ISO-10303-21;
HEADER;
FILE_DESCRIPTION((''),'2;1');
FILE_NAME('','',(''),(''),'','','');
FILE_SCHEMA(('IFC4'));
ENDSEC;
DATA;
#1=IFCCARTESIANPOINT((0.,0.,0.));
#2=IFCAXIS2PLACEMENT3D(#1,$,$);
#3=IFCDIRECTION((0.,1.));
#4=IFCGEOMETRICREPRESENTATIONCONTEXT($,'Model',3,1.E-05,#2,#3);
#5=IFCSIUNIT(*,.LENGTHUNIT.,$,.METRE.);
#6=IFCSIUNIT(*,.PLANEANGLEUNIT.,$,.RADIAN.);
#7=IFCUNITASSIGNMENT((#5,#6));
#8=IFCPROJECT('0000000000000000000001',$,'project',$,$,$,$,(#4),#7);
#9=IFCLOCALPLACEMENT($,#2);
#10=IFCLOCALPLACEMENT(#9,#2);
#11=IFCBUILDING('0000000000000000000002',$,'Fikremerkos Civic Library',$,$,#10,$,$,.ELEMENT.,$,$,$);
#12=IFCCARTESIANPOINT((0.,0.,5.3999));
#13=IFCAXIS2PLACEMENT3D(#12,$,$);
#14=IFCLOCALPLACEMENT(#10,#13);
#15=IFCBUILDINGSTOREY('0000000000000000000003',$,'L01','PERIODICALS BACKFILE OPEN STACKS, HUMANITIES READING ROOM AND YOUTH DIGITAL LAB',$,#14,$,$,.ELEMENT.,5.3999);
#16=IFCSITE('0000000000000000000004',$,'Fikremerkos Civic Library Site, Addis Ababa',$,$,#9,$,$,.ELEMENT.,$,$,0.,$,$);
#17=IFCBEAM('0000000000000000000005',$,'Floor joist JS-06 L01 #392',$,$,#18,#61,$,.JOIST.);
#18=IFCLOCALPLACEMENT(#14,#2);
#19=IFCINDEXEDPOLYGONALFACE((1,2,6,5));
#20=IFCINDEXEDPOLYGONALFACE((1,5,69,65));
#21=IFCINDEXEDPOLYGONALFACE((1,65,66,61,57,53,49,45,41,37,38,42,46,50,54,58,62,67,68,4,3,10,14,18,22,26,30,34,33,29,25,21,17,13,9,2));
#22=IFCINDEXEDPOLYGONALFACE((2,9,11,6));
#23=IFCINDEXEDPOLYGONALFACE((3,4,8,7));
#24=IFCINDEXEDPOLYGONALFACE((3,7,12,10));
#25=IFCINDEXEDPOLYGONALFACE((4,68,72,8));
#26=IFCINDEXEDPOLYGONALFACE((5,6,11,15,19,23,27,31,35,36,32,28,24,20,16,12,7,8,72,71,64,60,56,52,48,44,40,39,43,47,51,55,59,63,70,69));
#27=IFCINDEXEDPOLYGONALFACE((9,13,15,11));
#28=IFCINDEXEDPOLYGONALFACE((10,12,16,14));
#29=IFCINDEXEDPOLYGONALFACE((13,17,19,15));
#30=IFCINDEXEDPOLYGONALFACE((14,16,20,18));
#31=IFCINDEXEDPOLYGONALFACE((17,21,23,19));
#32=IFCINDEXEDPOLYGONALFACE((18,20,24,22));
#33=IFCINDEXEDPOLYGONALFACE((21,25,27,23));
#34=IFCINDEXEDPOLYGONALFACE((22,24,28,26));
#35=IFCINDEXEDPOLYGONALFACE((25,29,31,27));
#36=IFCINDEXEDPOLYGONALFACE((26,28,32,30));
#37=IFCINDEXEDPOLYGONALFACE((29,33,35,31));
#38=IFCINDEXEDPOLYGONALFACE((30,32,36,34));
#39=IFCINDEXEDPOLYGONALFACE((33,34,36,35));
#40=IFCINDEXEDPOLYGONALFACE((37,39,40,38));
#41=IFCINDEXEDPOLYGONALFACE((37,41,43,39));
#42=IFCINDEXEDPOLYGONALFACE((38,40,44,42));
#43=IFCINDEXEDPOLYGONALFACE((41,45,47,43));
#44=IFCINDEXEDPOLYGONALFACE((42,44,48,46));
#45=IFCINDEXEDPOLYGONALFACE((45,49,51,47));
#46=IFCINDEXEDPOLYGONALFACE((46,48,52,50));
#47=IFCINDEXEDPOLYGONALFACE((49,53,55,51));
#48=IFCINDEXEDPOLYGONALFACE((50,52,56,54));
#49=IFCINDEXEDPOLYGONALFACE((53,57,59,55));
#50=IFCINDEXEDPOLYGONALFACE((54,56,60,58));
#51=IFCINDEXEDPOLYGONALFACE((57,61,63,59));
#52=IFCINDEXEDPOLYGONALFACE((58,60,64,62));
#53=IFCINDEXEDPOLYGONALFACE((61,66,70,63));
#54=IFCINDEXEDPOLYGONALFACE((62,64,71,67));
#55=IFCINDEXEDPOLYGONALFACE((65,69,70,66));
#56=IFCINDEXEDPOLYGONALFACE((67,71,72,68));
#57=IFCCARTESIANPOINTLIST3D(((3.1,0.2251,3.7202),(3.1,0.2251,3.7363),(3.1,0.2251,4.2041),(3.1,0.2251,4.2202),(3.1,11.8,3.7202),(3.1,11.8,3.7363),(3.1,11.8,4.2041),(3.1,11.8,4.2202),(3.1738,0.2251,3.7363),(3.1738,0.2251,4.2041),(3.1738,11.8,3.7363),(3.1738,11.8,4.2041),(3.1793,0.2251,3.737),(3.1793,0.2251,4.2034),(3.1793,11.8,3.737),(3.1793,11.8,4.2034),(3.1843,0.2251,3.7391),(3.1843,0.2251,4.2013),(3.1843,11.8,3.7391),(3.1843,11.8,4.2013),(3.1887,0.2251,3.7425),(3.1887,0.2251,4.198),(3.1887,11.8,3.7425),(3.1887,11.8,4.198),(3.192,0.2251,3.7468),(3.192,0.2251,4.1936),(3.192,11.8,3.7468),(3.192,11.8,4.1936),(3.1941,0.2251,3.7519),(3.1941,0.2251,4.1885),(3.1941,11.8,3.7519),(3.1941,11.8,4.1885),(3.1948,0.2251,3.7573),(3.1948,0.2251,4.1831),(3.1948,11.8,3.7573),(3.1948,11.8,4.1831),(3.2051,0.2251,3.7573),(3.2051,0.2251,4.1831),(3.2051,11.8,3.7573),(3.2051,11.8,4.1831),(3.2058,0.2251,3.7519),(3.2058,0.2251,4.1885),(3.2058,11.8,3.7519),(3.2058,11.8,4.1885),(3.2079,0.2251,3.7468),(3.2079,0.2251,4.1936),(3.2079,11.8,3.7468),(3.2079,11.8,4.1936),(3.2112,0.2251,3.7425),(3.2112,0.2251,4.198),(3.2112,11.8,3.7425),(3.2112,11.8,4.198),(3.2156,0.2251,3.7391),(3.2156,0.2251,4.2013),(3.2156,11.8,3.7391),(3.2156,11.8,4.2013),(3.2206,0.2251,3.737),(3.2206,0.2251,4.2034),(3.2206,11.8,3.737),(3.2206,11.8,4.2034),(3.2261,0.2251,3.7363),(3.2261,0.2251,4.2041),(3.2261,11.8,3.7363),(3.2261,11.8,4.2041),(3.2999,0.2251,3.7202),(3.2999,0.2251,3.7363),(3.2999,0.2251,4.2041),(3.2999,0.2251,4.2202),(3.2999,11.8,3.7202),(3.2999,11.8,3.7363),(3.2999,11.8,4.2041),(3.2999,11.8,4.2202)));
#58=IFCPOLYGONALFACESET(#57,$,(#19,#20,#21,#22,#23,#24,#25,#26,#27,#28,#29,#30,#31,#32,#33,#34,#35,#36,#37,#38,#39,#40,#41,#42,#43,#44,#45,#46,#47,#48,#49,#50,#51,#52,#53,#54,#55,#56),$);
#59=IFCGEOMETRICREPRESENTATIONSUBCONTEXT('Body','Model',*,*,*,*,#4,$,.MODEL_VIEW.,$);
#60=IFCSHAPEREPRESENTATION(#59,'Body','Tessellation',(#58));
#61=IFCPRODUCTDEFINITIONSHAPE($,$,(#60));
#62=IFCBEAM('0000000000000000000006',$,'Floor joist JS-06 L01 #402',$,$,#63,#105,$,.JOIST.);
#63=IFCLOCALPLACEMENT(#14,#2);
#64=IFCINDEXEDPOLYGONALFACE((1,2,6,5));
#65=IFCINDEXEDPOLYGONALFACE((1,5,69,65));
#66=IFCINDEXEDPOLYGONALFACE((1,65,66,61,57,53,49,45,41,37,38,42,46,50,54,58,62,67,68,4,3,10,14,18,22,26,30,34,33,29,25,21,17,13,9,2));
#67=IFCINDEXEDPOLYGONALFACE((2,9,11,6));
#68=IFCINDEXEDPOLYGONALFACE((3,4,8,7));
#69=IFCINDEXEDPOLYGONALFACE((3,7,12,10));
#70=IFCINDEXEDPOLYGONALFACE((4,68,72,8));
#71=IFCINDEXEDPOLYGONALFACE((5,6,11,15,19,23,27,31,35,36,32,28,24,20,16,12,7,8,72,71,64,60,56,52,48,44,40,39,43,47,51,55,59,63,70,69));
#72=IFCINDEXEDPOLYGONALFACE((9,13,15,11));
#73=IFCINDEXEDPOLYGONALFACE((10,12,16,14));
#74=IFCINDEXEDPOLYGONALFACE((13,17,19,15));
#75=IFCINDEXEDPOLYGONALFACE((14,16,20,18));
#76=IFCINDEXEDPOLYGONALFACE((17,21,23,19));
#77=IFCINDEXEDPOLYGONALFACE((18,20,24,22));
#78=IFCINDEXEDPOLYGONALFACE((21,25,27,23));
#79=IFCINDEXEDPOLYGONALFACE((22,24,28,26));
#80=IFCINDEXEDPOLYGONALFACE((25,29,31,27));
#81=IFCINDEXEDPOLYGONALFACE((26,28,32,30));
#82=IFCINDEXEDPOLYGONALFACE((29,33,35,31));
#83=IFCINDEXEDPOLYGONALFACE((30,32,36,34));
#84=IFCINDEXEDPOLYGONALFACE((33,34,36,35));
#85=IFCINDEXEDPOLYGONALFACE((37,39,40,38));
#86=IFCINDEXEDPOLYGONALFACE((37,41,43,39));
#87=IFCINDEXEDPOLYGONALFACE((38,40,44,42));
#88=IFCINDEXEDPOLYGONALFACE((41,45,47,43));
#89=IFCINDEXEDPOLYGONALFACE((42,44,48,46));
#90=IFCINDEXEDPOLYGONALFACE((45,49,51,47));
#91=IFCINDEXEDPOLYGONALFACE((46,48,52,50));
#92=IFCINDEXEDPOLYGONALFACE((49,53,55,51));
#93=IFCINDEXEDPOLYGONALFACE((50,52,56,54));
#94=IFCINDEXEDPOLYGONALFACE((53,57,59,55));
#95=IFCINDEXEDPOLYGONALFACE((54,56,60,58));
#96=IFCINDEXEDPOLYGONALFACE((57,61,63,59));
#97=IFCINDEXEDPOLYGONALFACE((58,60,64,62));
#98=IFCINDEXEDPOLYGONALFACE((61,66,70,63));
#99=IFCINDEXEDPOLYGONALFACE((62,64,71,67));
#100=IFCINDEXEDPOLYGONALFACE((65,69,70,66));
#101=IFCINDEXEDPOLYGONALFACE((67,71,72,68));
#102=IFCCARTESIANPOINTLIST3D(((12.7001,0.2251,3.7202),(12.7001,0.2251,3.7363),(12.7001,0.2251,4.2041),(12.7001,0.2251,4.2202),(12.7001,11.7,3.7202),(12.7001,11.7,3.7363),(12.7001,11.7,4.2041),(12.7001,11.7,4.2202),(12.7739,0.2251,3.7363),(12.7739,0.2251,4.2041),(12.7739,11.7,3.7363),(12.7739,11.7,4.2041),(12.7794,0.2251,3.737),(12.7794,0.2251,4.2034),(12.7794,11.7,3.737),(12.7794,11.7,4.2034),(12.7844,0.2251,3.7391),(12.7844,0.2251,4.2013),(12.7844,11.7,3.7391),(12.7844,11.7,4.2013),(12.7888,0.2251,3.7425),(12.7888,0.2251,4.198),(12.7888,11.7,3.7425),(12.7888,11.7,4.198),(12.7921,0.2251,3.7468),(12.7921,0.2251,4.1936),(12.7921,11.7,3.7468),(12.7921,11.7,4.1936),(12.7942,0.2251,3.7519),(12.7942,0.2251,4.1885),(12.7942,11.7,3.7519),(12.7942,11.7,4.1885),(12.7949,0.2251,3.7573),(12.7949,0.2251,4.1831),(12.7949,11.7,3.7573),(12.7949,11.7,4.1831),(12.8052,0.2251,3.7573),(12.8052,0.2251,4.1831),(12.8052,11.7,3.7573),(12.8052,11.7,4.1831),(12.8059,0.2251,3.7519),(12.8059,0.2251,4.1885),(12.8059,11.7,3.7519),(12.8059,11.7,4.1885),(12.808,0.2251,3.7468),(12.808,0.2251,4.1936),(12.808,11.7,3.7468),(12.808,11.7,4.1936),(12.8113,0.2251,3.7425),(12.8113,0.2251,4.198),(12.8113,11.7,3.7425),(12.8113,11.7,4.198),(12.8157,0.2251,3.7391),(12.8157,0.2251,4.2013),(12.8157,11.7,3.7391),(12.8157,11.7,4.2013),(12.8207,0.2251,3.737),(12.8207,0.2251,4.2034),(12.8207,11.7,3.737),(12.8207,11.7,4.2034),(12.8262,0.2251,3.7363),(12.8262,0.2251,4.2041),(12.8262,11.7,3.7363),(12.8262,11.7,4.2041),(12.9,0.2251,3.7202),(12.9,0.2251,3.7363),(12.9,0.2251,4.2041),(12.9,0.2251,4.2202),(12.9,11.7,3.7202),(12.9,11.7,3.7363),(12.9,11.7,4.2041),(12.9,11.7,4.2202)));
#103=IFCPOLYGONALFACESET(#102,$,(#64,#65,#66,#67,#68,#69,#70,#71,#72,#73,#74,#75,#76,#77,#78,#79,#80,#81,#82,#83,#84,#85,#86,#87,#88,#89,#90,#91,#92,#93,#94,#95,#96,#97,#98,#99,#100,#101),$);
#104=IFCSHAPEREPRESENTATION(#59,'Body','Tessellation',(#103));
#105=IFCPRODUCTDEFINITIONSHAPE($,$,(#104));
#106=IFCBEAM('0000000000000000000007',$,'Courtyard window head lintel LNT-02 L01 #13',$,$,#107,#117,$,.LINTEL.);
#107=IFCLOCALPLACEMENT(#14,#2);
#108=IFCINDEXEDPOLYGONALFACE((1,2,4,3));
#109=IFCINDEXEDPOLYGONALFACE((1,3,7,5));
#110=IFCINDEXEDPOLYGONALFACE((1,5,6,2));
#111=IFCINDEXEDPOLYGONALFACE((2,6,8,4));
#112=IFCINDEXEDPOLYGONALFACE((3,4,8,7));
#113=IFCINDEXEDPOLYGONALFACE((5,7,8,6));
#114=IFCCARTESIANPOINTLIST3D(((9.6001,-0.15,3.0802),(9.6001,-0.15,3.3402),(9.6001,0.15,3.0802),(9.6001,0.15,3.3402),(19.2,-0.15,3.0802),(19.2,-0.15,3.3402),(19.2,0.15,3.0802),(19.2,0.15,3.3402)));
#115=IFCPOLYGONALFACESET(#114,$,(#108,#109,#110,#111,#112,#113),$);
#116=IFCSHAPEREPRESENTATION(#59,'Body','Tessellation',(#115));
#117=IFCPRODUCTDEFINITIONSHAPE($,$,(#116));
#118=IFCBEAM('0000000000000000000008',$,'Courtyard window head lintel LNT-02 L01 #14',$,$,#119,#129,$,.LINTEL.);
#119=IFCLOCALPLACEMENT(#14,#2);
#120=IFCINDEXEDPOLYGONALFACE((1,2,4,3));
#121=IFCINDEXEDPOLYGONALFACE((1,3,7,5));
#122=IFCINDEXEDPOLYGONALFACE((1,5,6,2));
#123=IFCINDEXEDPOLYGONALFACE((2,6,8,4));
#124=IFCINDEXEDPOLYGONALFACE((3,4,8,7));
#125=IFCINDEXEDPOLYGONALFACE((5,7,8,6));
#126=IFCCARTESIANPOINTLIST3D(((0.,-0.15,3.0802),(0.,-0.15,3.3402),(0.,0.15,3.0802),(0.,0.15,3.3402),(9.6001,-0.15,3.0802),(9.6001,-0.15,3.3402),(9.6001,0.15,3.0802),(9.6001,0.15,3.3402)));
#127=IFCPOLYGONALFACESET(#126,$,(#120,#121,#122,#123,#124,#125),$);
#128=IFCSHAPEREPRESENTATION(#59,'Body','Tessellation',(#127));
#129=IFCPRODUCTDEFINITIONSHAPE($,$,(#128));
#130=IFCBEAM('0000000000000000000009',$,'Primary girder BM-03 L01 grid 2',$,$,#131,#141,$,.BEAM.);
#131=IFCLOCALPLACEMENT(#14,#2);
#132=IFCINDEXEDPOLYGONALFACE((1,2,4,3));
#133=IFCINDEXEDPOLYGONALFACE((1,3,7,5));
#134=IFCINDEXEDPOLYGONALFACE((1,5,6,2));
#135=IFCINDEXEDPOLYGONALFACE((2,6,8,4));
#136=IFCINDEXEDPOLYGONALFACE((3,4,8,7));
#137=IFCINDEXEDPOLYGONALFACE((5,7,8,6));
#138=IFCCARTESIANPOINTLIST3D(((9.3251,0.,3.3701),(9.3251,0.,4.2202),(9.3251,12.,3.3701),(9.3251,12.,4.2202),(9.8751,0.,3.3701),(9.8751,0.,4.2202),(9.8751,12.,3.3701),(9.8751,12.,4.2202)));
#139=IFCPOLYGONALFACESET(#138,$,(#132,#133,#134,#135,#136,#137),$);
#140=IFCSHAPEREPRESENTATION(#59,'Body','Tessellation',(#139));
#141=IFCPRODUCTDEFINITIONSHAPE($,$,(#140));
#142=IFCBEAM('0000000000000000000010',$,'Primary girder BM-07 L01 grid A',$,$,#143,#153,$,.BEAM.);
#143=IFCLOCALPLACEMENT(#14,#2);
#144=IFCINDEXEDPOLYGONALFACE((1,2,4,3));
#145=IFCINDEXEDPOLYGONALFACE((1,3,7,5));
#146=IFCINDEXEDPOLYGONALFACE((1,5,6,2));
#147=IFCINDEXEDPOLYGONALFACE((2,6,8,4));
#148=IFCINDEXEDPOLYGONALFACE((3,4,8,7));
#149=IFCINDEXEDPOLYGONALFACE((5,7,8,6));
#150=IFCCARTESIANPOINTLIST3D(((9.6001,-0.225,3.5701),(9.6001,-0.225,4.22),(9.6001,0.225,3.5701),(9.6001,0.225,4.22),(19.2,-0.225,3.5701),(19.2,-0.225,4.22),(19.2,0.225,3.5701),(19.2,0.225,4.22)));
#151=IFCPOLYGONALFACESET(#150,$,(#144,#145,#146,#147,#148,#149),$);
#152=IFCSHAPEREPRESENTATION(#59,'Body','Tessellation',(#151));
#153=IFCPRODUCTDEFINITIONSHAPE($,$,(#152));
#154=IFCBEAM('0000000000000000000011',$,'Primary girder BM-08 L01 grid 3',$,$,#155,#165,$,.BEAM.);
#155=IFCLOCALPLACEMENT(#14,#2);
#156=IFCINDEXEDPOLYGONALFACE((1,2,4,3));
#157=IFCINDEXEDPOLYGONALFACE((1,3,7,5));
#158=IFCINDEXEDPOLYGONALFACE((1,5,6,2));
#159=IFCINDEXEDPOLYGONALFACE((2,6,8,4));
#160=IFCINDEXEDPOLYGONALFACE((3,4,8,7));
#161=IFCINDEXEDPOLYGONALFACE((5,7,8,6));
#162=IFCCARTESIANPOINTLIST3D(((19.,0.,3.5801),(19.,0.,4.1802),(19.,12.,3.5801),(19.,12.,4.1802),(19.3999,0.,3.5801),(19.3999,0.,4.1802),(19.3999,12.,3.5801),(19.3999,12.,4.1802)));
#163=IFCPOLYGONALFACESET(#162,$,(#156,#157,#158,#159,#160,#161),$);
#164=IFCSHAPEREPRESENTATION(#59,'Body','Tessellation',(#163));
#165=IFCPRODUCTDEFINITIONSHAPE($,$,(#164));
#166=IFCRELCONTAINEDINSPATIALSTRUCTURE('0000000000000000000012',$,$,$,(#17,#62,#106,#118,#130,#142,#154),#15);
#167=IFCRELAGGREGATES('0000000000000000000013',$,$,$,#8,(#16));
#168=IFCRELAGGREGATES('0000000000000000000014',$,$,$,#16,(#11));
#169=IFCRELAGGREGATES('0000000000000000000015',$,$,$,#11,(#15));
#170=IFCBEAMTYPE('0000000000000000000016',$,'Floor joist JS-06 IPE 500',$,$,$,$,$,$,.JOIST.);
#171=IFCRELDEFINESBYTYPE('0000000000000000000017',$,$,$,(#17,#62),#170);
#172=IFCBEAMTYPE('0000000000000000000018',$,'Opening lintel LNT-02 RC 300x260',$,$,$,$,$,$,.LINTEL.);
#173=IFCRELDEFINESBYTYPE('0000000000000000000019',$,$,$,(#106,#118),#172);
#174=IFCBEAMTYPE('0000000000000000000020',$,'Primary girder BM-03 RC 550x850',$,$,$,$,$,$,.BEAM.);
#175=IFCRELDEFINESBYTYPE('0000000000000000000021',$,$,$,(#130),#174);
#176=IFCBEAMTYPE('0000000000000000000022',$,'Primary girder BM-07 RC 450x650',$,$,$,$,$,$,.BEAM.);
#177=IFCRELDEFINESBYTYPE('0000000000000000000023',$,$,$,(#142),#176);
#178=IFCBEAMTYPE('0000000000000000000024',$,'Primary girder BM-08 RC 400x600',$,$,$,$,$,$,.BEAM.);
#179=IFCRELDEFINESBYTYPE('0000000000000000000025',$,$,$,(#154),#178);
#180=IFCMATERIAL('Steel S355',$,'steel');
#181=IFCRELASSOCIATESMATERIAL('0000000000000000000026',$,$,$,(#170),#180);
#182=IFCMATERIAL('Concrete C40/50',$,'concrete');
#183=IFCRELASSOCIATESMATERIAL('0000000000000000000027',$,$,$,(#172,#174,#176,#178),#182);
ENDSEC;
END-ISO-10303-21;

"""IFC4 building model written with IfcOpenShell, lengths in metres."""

from ifc_helpers import new_model, si_unit, direction, frame, origin, origin_2d, place, context, subcontext, project, spatial, rectangle, i_section, extrude, material, material_profile, profile_set, type_object, element, save


model = new_model("IFC4")

# Units and contexts
model_context = context("Model", 3, precision=1e-05, world=origin(), true_north=direction((0.0, 1.0)))
body_context = subcontext(model_context, "Body", "Model", "MODEL_VIEW")
ifc_project = project(units=[si_unit("LENGTHUNIT", "METRE"), si_unit("PLANEANGLEUNIT", "RADIAN")], contexts=[model_context])

# Site, building, storey
site_placement = place(None, origin())
site = spatial("IfcSite", under=ifc_project, at=site_placement, Name="Fikremerkos Civic Library Site, Addis Ababa", CompositionType="ELEMENT", RefElevation=0.0)
building_placement = place(site_placement, origin())
building = spatial("IfcBuilding", under=site, at=building_placement, Name="Fikremerkos Civic Library", CompositionType="ELEMENT")
storey_placement = place(building_placement, frame((0.0, 0.0, 5.3999)))
storey = spatial("IfcBuildingStorey", under=building, at=storey_placement, Name="L01", Description="PERIODICALS BACKFILE OPEN STACKS, HUMANITIES READING ROOM AND YOUTH DIGITAL LAB", CompositionType="ELEMENT", Elevation=5.3999)

# Shared definitions
ifc_material_1 = material(Name="Concrete C40/50", Category="concrete")

# Beams
ifc_material_2 = material(Name="Steel S355", Category="steel")
ifc_material_profile_1 = material_profile(ifc_material_2, i_section(OverallWidth=0.2, OverallDepth=0.5, WebThickness=0.0103, FlangeThickness=0.0161, FilletRadius=0.021, at=origin_2d()), Name="IPE 500")
ifc_profile_set_1 = profile_set([ifc_material_profile_1], Name="Steel S355")
beam_type_1 = type_object("IfcBeamType", Name="Floor joist JS-06 IPE 500", PredefinedType="JOIST", material=ifc_profile_set_1)
beam_1_placement = place(storey_placement, frame((3.2, 0.2251, 3.9702), z_axis=(0.0, 1.0, 0.0), x_axis=(-1.0, 0.0, 0.0)))
element("IfcBeam", 1, at=beam_1_placement, inside=storey, type_object=beam_type_1, Name="Floor joist JS-06 L01 #392", PredefinedType="JOIST", context=body_context, shape_type="SweptSolid", body=[
    extrude(i_section(OverallWidth=0.2, OverallDepth=0.5, WebThickness=0.0103, FlangeThickness=0.0161, FilletRadius=0.021, at=origin_2d()), origin(), (0.0, 0.0, 1.0), 11.575),
])
beam_2_placement = place(storey_placement, frame((12.8, 0.2251, 3.9702), z_axis=(0.0, 1.0, 0.0), x_axis=(-1.0, 0.0, 0.0)))
element("IfcBeam", 2, at=beam_2_placement, inside=storey, type_object=beam_type_1, Name="Floor joist JS-06 L01 #402", PredefinedType="JOIST", context=body_context, shape_type="SweptSolid", body=[
    extrude(i_section(OverallWidth=0.2, OverallDepth=0.5, WebThickness=0.0103, FlangeThickness=0.0161, FilletRadius=0.021, at=origin_2d()), origin(), (0.0, 0.0, 1.0), 11.4749),
])
ifc_material_profile_2 = material_profile(ifc_material_1, rectangle(XDim=0.3, YDim=0.26, at=origin_2d()), Name="RC 300x260")
ifc_profile_set_2 = profile_set([ifc_material_profile_2], Name="Concrete C40/50")
beam_type_2 = type_object("IfcBeamType", Name="Opening lintel LNT-02 RC 300x260", PredefinedType="LINTEL", material=ifc_profile_set_2)
beam_3_placement = place(storey_placement, frame((19.2, 0.0, 3.2102), z_axis=(-1.0, 0.0, 0.0), x_axis=(0.0, -1.0, 0.0)))
element("IfcBeam", 3, at=beam_3_placement, inside=storey, type_object=beam_type_2, Name="Courtyard window head lintel LNT-02 L01 #13", PredefinedType="LINTEL", context=body_context, shape_type="SweptSolid", body=[
    extrude(rectangle(XDim=0.3, YDim=0.26, at=origin_2d()), origin(), (0.0, 0.0, 1.0), 9.5999),
])
beam_4_placement = place(storey_placement, frame((9.6001, 0.0, 3.2102), z_axis=(-1.0, 0.0, 0.0), x_axis=(0.0, -1.0, 0.0)))
element("IfcBeam", 4, at=beam_4_placement, inside=storey, type_object=beam_type_2, Name="Courtyard window head lintel LNT-02 L01 #14", PredefinedType="LINTEL", context=body_context, shape_type="SweptSolid", body=[
    extrude(rectangle(XDim=0.3, YDim=0.26, at=origin_2d()), origin(), (0.0, 0.0, 1.0), 9.6001),
])
ifc_material_profile_3 = material_profile(ifc_material_1, rectangle(XDim=0.55, YDim=0.8501, at=origin_2d()), Name="RC 550x850")
ifc_profile_set_3 = profile_set([ifc_material_profile_3], Name="Concrete C40/50")
beam_type_3 = type_object("IfcBeamType", Name="Primary girder BM-03 RC 550x850", PredefinedType="BEAM", material=ifc_profile_set_3)
beam_5_placement = place(storey_placement, frame((9.6001, 0.0, 3.7952), z_axis=(0.0, 1.0, 0.0), x_axis=(-1.0, 0.0, 0.0)))
element("IfcBeam", 5, at=beam_5_placement, inside=storey, type_object=beam_type_3, Name="Primary girder BM-03 L01 grid 2", PredefinedType="BEAM", context=body_context, shape_type="SweptSolid", body=[
    extrude(rectangle(XDim=0.55, YDim=0.8501, at=origin_2d()), origin(), (0.0, 0.0, 1.0), 12.0),
])
ifc_material_profile_4 = material_profile(ifc_material_1, rectangle(XDim=0.45, YDim=0.6499, at=origin_2d()), Name="RC 450x650")
ifc_profile_set_4 = profile_set([ifc_material_profile_4], Name="Concrete C40/50")
beam_type_4 = type_object("IfcBeamType", Name="Primary girder BM-07 RC 450x650", PredefinedType="BEAM", material=ifc_profile_set_4)
beam_6_placement = place(storey_placement, frame((9.6001, 0.0, 3.895), z_axis=(1.0, 0.0, 0.0), x_axis=(0.0, 1.0, 0.0)))
element("IfcBeam", 6, at=beam_6_placement, inside=storey, type_object=beam_type_4, Name="Primary girder BM-07 L01 grid A", PredefinedType="BEAM", context=body_context, shape_type="SweptSolid", body=[
    extrude(rectangle(XDim=0.45, YDim=0.6499, at=origin_2d()), origin(), (0.0, 0.0, 1.0), 9.5999),
])
ifc_material_profile_5 = material_profile(ifc_material_1, rectangle(XDim=0.3999, YDim=0.6001, at=origin_2d()), Name="RC 400x600")
ifc_profile_set_5 = profile_set([ifc_material_profile_5], Name="Concrete C40/50")
beam_type_5 = type_object("IfcBeamType", Name="Primary girder BM-08 RC 400x600", PredefinedType="BEAM", material=ifc_profile_set_5)
beam_7_placement = place(storey_placement, frame((19.2, 0.0, 3.8801), z_axis=(0.0, 1.0, 0.0), x_axis=(-1.0, 0.0, 0.0)))
element("IfcBeam", 7, at=beam_7_placement, inside=storey, type_object=beam_type_5, Name="Primary girder BM-08 L01 grid 3", PredefinedType="BEAM", context=body_context, shape_type="SweptSolid", body=[
    extrude(rectangle(XDim=0.3999, YDim=0.6001, at=origin_2d()), origin(), (0.0, 0.0, 1.0), 12.0),
])

save(model, "model.ifc")
